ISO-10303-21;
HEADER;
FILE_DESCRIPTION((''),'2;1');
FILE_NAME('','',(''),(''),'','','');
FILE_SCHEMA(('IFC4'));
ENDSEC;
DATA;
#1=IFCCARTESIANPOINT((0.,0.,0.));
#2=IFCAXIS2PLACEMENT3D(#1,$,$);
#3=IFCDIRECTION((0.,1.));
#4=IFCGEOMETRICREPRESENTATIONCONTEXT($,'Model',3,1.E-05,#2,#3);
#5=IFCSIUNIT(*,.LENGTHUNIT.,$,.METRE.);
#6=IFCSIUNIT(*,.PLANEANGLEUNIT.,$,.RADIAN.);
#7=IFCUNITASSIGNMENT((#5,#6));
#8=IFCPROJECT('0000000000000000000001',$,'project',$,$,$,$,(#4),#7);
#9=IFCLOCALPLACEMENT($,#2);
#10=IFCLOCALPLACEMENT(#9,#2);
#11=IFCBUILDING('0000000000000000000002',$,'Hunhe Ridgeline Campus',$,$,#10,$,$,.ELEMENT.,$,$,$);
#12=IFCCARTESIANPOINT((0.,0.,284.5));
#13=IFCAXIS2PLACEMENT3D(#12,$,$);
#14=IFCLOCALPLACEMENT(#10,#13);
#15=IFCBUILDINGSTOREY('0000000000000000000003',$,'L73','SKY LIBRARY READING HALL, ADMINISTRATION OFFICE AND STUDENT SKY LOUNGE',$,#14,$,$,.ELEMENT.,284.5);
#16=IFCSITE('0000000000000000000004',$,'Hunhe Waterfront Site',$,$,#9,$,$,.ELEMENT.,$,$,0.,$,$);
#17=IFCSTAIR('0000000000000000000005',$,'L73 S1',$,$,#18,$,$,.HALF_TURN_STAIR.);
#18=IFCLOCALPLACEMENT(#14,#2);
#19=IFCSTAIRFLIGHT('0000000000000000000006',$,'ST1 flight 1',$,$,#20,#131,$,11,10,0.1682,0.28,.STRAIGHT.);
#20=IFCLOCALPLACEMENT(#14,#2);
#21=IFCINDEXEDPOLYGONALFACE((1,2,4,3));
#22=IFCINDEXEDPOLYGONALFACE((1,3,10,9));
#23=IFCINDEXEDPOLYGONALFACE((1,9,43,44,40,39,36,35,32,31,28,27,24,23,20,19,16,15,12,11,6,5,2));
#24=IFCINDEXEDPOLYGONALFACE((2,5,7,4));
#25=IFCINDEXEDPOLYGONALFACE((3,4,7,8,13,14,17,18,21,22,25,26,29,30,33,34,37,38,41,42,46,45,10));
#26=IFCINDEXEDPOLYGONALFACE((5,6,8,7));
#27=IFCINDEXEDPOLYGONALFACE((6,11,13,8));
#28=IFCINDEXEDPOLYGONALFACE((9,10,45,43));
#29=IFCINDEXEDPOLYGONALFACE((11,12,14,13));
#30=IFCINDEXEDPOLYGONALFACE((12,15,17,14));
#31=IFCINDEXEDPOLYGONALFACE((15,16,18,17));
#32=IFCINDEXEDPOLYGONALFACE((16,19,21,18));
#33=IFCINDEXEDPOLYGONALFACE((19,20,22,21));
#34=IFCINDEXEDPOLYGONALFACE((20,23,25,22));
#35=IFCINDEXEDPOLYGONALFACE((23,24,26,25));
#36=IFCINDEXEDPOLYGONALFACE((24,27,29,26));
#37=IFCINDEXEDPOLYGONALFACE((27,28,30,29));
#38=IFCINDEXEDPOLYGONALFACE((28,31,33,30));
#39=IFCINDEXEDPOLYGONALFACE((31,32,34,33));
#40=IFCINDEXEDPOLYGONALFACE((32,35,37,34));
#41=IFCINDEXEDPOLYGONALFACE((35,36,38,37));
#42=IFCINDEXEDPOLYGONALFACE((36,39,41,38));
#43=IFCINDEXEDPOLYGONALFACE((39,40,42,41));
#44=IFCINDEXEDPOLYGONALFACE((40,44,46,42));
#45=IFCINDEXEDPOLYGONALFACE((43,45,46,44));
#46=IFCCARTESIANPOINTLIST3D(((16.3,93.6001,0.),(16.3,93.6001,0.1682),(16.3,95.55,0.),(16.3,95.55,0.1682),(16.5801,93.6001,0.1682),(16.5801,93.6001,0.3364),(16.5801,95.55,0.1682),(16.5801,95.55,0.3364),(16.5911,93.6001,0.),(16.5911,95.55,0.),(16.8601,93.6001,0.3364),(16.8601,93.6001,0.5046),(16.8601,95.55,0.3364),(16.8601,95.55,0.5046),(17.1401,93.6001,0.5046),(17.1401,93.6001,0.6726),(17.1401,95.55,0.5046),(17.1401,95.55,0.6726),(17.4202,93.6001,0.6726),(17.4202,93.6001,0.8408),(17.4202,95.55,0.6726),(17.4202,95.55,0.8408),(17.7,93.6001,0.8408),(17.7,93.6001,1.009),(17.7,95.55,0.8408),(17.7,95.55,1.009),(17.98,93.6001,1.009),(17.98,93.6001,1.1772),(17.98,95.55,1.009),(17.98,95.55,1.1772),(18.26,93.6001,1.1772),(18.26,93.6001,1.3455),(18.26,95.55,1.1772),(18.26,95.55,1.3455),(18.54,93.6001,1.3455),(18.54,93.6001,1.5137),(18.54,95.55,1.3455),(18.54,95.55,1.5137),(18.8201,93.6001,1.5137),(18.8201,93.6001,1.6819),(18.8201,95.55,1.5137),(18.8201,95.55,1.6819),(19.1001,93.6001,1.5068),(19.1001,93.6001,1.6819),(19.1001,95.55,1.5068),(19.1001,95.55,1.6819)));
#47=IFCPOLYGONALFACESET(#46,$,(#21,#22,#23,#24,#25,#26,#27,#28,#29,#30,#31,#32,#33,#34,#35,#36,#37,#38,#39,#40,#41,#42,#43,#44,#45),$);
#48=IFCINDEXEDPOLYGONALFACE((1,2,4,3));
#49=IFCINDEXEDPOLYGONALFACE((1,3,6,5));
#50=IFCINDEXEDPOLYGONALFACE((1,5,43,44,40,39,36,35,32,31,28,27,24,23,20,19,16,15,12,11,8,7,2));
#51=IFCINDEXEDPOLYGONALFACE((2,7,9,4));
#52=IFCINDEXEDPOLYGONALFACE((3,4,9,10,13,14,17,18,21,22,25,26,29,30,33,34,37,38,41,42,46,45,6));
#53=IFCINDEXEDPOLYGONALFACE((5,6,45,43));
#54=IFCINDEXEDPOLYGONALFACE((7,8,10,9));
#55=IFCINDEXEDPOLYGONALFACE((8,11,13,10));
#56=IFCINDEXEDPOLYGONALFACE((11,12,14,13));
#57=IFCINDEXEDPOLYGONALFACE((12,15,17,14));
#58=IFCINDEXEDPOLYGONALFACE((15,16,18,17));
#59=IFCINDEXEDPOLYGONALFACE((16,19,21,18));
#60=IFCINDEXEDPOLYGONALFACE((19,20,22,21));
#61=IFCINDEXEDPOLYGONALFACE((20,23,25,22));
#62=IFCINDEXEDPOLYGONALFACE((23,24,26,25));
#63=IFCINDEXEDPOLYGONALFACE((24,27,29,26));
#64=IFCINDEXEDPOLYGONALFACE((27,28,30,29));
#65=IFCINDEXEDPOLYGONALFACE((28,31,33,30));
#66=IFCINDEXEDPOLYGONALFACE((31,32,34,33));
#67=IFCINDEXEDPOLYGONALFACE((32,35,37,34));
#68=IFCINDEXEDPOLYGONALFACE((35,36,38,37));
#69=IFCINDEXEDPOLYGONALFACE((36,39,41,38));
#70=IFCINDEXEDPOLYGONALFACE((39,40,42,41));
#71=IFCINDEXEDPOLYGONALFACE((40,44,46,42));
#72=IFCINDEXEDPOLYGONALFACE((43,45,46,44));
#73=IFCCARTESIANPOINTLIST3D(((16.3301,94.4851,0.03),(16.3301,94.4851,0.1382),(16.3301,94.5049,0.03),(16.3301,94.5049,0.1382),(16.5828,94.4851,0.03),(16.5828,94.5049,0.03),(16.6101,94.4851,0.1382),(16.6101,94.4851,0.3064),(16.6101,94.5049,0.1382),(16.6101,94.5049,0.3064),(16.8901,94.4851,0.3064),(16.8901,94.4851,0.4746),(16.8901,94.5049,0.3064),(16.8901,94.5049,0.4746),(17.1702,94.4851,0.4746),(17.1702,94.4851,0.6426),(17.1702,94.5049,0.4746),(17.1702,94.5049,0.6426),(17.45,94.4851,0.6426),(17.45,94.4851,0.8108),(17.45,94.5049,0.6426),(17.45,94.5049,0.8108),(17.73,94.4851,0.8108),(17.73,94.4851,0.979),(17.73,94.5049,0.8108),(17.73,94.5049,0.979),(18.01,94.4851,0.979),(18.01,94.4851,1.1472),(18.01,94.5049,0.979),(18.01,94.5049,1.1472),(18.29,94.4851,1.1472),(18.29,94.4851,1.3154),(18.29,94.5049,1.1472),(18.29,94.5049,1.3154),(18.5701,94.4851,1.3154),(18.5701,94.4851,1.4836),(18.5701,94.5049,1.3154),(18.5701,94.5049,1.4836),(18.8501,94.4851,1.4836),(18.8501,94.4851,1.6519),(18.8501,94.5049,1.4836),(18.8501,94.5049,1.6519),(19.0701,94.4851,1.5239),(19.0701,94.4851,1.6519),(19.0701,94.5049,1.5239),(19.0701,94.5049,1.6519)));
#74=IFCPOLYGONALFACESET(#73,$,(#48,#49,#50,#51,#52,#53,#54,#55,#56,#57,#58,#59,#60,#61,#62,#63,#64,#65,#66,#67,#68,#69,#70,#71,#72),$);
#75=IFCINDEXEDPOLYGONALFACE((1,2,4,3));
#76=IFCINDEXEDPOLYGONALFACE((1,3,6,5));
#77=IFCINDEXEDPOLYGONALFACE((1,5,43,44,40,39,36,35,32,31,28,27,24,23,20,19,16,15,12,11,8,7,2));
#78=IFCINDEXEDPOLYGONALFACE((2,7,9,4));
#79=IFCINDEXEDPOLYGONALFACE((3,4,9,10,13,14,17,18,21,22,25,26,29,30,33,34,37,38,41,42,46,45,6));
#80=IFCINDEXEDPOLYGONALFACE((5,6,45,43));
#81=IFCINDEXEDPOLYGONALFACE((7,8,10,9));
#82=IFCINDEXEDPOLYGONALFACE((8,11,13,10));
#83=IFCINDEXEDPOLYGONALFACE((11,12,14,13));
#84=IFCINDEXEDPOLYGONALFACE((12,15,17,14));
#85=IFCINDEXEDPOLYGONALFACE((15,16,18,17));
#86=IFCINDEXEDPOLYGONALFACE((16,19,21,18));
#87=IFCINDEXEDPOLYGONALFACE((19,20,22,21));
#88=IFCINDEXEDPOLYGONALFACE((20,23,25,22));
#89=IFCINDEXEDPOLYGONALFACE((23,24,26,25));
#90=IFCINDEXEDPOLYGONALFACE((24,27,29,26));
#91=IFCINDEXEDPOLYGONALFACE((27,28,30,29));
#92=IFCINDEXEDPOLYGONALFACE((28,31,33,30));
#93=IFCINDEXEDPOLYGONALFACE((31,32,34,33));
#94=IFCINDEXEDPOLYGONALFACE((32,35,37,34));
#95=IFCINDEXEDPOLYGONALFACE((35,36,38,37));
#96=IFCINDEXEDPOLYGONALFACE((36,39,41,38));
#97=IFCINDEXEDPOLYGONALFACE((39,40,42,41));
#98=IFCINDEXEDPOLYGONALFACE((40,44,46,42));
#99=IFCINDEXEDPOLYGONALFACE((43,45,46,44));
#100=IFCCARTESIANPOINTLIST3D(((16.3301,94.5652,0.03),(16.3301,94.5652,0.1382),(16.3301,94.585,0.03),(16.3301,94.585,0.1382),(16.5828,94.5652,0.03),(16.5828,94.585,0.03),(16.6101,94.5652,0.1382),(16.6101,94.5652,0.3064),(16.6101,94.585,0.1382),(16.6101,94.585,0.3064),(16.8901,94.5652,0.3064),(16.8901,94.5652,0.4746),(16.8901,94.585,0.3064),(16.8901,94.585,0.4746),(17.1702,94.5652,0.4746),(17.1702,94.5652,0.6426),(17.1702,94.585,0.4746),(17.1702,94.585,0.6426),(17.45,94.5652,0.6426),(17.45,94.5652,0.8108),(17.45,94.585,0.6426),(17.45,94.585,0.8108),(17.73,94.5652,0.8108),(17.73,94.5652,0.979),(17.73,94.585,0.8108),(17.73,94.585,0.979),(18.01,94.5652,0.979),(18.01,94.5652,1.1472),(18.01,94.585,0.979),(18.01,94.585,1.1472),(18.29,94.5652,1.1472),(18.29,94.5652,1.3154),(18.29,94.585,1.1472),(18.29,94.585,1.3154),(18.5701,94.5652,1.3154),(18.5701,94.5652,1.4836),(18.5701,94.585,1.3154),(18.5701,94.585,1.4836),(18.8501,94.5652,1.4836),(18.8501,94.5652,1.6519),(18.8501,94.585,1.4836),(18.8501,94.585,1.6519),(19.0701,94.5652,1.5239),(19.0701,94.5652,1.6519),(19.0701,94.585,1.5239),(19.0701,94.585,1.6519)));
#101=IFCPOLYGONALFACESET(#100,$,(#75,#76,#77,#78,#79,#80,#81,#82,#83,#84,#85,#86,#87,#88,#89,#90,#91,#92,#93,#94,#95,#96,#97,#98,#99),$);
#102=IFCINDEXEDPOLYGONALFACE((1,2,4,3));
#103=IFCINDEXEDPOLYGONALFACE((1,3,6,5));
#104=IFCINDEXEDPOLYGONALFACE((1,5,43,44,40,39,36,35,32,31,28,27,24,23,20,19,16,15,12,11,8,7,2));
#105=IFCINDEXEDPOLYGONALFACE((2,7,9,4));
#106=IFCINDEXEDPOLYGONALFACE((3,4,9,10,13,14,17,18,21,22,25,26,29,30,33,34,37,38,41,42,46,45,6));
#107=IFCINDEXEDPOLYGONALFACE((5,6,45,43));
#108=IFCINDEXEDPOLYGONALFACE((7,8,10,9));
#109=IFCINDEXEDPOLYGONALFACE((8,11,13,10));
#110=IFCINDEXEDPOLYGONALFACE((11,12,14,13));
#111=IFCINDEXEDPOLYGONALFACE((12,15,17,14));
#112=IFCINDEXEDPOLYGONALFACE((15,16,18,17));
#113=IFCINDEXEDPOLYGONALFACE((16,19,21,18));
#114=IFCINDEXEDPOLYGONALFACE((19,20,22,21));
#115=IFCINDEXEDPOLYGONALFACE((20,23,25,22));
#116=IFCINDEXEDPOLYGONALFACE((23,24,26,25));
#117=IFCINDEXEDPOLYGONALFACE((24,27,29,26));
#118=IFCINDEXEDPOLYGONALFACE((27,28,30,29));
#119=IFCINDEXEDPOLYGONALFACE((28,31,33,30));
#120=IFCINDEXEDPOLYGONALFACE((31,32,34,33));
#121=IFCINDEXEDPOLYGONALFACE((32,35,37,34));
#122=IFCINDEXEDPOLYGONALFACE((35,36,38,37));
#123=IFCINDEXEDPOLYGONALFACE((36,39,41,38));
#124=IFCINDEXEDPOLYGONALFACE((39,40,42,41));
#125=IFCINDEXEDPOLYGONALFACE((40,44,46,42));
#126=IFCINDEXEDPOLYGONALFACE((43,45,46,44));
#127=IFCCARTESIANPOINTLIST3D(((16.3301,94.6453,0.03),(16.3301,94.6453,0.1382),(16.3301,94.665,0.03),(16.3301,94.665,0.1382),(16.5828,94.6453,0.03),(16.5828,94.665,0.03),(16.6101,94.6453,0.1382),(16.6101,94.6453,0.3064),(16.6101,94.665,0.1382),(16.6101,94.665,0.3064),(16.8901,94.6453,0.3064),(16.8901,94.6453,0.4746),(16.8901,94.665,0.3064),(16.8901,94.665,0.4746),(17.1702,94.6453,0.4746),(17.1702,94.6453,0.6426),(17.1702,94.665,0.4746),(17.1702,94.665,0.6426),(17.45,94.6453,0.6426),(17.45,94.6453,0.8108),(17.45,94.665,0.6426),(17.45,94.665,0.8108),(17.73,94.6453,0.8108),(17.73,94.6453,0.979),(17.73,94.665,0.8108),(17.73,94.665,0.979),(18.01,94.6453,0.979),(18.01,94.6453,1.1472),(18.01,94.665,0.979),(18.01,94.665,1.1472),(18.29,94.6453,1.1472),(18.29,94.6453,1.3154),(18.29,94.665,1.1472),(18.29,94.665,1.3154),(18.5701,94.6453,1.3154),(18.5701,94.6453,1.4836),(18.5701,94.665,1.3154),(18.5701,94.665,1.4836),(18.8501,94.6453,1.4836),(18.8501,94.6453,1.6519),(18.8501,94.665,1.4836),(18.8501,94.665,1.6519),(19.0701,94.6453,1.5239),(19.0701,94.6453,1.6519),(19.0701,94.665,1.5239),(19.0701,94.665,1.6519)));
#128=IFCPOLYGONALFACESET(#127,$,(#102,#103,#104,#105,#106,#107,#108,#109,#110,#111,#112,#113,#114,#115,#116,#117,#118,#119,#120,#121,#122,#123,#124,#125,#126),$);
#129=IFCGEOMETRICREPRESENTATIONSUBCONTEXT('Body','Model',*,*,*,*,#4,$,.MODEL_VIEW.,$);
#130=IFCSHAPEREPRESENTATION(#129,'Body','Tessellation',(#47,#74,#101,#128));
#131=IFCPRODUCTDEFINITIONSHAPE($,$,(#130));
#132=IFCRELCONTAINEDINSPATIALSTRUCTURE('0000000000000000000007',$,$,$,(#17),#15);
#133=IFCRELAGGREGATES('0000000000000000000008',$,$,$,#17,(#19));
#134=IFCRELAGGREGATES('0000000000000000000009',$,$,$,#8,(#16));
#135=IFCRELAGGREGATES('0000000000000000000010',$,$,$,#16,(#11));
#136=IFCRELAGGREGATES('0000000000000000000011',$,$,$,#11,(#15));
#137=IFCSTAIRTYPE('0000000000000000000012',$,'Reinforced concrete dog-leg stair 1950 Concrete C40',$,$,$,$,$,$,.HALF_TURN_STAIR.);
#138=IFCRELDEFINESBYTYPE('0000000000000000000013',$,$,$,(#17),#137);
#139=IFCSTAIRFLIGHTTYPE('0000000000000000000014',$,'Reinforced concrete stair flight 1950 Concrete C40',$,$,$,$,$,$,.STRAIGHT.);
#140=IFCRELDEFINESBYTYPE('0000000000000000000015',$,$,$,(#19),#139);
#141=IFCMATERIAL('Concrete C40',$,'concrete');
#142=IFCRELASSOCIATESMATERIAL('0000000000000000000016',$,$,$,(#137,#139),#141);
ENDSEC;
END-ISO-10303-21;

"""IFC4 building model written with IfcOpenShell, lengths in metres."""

from ifc_helpers import new_model, si_unit, direction, frame, origin, place, context, subcontext, project, spatial, polyline, outline, extrude, material, type_object, element, aggregate, save


model = new_model("IFC4")

# Units and contexts
model_context = context("Model", 3, precision=1e-05, world=origin(), true_north=direction((0.0, 1.0)))
body_context = subcontext(model_context, "Body", "Model", "MODEL_VIEW")
ifc_project = project(units=[si_unit("LENGTHUNIT", "METRE"), si_unit("PLANEANGLEUNIT", "RADIAN")], contexts=[model_context])

# Site, building, storey
site_placement = place(None, origin())
site = spatial("IfcSite", under=ifc_project, at=site_placement, Name="Hunhe Waterfront Site", CompositionType="ELEMENT", RefElevation=0.0)
building_placement = place(site_placement, origin())
building = spatial("IfcBuilding", under=site, at=building_placement, Name="Hunhe Ridgeline Campus", CompositionType="ELEMENT")
storey_placement = place(building_placement, frame((0.0, 0.0, 284.5)))
storey = spatial("IfcBuildingStorey", under=building, at=storey_placement, Name="L73", Description="SKY LIBRARY READING HALL, ADMINISTRATION OFFICE AND STUDENT SKY LOUNGE", CompositionType="ELEMENT", Elevation=284.5)

# Stair, stair flight
ifc_material_1 = material(Name="Concrete C40", Category="concrete")
stair_type = type_object("IfcStairType", Name="Reinforced concrete dog-leg stair 1950 Concrete C40", PredefinedType="HALF_TURN_STAIR", material=ifc_material_1)
stair_placement = place(storey_placement, origin())
stair = element("IfcStair", 1, at=stair_placement, inside=storey, type_object=stair_type, Name="L73 S1", PredefinedType="HALF_TURN_STAIR")
stair_flight_type = type_object("IfcStairFlightType", Name="Reinforced concrete stair flight 1950 Concrete C40", PredefinedType="STRAIGHT", material=ifc_material_1)
stair_flight_1_placement = place(storey_placement, frame((16.3, 94.575, 0.0), z_axis=(0.0, 0.0, 1.0), x_axis=(1.0, 0.0, 0.0)))
stair_flight_1 = element("IfcStairFlight", 2, at=stair_flight_1_placement, type_object=stair_flight_type, Name="ST1 flight 1", NumberOfRisers=11, NumberOfTreads=10, PredefinedType="STRAIGHT", RiserHeight=0.1682, TreadLength=0.28, context=body_context, shape_type="SweptSolid", body=[
    extrude(outline(polyline([(0.0, 0.0), (0.0, 0.1682), (0.28, 0.1682), (0.28, 0.3364), (0.5601, 0.3364), (0.5601, 0.5046), (0.8401, 0.5046), (0.8401, 0.6726), (1.1201, 0.6726), (1.1201, 0.8408), (1.3999, 0.8408), (1.3999, 1.009), (1.6799, 1.009), (1.6799, 1.1772), (1.96, 1.1772), (1.96, 1.3455), (2.24, 1.3455), (2.24, 1.5137), (2.52, 1.5137), (2.52, 1.6819), (2.8, 1.6819), (2.8, 1.8501), (2.8, 1.5068), (0.291, 0.0), (0.0, 0.0)])), frame((0.0, 0.9751, 0.0), z_axis=(0.0, -1.0, 0.0), x_axis=(1.0, 0.0, 0.0)), (0.0, 0.0, 1.0), 1.95),
    extrude(outline(polyline([(0.03, 0.03), (0.03, 0.1382), (0.3101, 0.1382), (0.3101, 0.3064), (0.5901, 0.3064), (0.5901, 0.4746), (0.8701, 0.4746), (0.8701, 0.6426), (1.1499, 0.6426), (1.1499, 0.8108), (1.4299, 0.8108), (1.4299, 0.979), (1.71, 0.979), (1.71, 1.1472), (1.99, 1.1472), (1.99, 1.3154), (2.27, 1.3154), (2.27, 1.4836), (2.55, 1.4836), (2.55, 1.6519), (2.77, 1.6519), (2.77, 1.5239), (0.2827, 0.03), (0.03, 0.03)])), frame((0.0, -0.0701, 0.0), z_axis=(0.0, -1.0, 0.0), x_axis=(1.0, 0.0, 0.0)), (0.0, 0.0, 1.0), 0.0198),
    extrude(outline(polyline([(0.03, 0.03), (0.03, 0.1382), (0.3101, 0.1382), (0.3101, 0.3064), (0.5901, 0.3064), (0.5901, 0.4746), (0.8701, 0.4746), (0.8701, 0.6426), (1.1499, 0.6426), (1.1499, 0.8108), (1.4299, 0.8108), (1.4299, 0.979), (1.71, 0.979), (1.71, 1.1472), (1.99, 1.1472), (1.99, 1.3154), (2.27, 1.3154), (2.27, 1.4836), (2.55, 1.4836), (2.55, 1.6519), (2.77, 1.6519), (2.77, 1.5239), (0.2827, 0.03), (0.03, 0.03)])), frame((0.0, 0.01, 0.0), z_axis=(0.0, -1.0, 0.0), x_axis=(1.0, 0.0, 0.0)), (0.0, 0.0, 1.0), 0.0198),
    extrude(outline(polyline([(0.03, 0.03), (0.03, 0.1382), (0.3101, 0.1382), (0.3101, 0.3064), (0.5901, 0.3064), (0.5901, 0.4746), (0.8701, 0.4746), (0.8701, 0.6426), (1.1499, 0.6426), (1.1499, 0.8108), (1.4299, 0.8108), (1.4299, 0.979), (1.71, 0.979), (1.71, 1.1472), (1.99, 1.1472), (1.99, 1.3154), (2.27, 1.3154), (2.27, 1.4836), (2.55, 1.4836), (2.55, 1.6519), (2.77, 1.6519), (2.77, 1.5239), (0.2827, 0.03), (0.03, 0.03)])), frame((0.0, 0.0901, 0.0), z_axis=(0.0, -1.0, 0.0), x_axis=(1.0, 0.0, 0.0)), (0.0, 0.0, 1.0), 0.0198),
])
aggregate(stair, [stair_flight_1])

save(model, "model.ifc")
